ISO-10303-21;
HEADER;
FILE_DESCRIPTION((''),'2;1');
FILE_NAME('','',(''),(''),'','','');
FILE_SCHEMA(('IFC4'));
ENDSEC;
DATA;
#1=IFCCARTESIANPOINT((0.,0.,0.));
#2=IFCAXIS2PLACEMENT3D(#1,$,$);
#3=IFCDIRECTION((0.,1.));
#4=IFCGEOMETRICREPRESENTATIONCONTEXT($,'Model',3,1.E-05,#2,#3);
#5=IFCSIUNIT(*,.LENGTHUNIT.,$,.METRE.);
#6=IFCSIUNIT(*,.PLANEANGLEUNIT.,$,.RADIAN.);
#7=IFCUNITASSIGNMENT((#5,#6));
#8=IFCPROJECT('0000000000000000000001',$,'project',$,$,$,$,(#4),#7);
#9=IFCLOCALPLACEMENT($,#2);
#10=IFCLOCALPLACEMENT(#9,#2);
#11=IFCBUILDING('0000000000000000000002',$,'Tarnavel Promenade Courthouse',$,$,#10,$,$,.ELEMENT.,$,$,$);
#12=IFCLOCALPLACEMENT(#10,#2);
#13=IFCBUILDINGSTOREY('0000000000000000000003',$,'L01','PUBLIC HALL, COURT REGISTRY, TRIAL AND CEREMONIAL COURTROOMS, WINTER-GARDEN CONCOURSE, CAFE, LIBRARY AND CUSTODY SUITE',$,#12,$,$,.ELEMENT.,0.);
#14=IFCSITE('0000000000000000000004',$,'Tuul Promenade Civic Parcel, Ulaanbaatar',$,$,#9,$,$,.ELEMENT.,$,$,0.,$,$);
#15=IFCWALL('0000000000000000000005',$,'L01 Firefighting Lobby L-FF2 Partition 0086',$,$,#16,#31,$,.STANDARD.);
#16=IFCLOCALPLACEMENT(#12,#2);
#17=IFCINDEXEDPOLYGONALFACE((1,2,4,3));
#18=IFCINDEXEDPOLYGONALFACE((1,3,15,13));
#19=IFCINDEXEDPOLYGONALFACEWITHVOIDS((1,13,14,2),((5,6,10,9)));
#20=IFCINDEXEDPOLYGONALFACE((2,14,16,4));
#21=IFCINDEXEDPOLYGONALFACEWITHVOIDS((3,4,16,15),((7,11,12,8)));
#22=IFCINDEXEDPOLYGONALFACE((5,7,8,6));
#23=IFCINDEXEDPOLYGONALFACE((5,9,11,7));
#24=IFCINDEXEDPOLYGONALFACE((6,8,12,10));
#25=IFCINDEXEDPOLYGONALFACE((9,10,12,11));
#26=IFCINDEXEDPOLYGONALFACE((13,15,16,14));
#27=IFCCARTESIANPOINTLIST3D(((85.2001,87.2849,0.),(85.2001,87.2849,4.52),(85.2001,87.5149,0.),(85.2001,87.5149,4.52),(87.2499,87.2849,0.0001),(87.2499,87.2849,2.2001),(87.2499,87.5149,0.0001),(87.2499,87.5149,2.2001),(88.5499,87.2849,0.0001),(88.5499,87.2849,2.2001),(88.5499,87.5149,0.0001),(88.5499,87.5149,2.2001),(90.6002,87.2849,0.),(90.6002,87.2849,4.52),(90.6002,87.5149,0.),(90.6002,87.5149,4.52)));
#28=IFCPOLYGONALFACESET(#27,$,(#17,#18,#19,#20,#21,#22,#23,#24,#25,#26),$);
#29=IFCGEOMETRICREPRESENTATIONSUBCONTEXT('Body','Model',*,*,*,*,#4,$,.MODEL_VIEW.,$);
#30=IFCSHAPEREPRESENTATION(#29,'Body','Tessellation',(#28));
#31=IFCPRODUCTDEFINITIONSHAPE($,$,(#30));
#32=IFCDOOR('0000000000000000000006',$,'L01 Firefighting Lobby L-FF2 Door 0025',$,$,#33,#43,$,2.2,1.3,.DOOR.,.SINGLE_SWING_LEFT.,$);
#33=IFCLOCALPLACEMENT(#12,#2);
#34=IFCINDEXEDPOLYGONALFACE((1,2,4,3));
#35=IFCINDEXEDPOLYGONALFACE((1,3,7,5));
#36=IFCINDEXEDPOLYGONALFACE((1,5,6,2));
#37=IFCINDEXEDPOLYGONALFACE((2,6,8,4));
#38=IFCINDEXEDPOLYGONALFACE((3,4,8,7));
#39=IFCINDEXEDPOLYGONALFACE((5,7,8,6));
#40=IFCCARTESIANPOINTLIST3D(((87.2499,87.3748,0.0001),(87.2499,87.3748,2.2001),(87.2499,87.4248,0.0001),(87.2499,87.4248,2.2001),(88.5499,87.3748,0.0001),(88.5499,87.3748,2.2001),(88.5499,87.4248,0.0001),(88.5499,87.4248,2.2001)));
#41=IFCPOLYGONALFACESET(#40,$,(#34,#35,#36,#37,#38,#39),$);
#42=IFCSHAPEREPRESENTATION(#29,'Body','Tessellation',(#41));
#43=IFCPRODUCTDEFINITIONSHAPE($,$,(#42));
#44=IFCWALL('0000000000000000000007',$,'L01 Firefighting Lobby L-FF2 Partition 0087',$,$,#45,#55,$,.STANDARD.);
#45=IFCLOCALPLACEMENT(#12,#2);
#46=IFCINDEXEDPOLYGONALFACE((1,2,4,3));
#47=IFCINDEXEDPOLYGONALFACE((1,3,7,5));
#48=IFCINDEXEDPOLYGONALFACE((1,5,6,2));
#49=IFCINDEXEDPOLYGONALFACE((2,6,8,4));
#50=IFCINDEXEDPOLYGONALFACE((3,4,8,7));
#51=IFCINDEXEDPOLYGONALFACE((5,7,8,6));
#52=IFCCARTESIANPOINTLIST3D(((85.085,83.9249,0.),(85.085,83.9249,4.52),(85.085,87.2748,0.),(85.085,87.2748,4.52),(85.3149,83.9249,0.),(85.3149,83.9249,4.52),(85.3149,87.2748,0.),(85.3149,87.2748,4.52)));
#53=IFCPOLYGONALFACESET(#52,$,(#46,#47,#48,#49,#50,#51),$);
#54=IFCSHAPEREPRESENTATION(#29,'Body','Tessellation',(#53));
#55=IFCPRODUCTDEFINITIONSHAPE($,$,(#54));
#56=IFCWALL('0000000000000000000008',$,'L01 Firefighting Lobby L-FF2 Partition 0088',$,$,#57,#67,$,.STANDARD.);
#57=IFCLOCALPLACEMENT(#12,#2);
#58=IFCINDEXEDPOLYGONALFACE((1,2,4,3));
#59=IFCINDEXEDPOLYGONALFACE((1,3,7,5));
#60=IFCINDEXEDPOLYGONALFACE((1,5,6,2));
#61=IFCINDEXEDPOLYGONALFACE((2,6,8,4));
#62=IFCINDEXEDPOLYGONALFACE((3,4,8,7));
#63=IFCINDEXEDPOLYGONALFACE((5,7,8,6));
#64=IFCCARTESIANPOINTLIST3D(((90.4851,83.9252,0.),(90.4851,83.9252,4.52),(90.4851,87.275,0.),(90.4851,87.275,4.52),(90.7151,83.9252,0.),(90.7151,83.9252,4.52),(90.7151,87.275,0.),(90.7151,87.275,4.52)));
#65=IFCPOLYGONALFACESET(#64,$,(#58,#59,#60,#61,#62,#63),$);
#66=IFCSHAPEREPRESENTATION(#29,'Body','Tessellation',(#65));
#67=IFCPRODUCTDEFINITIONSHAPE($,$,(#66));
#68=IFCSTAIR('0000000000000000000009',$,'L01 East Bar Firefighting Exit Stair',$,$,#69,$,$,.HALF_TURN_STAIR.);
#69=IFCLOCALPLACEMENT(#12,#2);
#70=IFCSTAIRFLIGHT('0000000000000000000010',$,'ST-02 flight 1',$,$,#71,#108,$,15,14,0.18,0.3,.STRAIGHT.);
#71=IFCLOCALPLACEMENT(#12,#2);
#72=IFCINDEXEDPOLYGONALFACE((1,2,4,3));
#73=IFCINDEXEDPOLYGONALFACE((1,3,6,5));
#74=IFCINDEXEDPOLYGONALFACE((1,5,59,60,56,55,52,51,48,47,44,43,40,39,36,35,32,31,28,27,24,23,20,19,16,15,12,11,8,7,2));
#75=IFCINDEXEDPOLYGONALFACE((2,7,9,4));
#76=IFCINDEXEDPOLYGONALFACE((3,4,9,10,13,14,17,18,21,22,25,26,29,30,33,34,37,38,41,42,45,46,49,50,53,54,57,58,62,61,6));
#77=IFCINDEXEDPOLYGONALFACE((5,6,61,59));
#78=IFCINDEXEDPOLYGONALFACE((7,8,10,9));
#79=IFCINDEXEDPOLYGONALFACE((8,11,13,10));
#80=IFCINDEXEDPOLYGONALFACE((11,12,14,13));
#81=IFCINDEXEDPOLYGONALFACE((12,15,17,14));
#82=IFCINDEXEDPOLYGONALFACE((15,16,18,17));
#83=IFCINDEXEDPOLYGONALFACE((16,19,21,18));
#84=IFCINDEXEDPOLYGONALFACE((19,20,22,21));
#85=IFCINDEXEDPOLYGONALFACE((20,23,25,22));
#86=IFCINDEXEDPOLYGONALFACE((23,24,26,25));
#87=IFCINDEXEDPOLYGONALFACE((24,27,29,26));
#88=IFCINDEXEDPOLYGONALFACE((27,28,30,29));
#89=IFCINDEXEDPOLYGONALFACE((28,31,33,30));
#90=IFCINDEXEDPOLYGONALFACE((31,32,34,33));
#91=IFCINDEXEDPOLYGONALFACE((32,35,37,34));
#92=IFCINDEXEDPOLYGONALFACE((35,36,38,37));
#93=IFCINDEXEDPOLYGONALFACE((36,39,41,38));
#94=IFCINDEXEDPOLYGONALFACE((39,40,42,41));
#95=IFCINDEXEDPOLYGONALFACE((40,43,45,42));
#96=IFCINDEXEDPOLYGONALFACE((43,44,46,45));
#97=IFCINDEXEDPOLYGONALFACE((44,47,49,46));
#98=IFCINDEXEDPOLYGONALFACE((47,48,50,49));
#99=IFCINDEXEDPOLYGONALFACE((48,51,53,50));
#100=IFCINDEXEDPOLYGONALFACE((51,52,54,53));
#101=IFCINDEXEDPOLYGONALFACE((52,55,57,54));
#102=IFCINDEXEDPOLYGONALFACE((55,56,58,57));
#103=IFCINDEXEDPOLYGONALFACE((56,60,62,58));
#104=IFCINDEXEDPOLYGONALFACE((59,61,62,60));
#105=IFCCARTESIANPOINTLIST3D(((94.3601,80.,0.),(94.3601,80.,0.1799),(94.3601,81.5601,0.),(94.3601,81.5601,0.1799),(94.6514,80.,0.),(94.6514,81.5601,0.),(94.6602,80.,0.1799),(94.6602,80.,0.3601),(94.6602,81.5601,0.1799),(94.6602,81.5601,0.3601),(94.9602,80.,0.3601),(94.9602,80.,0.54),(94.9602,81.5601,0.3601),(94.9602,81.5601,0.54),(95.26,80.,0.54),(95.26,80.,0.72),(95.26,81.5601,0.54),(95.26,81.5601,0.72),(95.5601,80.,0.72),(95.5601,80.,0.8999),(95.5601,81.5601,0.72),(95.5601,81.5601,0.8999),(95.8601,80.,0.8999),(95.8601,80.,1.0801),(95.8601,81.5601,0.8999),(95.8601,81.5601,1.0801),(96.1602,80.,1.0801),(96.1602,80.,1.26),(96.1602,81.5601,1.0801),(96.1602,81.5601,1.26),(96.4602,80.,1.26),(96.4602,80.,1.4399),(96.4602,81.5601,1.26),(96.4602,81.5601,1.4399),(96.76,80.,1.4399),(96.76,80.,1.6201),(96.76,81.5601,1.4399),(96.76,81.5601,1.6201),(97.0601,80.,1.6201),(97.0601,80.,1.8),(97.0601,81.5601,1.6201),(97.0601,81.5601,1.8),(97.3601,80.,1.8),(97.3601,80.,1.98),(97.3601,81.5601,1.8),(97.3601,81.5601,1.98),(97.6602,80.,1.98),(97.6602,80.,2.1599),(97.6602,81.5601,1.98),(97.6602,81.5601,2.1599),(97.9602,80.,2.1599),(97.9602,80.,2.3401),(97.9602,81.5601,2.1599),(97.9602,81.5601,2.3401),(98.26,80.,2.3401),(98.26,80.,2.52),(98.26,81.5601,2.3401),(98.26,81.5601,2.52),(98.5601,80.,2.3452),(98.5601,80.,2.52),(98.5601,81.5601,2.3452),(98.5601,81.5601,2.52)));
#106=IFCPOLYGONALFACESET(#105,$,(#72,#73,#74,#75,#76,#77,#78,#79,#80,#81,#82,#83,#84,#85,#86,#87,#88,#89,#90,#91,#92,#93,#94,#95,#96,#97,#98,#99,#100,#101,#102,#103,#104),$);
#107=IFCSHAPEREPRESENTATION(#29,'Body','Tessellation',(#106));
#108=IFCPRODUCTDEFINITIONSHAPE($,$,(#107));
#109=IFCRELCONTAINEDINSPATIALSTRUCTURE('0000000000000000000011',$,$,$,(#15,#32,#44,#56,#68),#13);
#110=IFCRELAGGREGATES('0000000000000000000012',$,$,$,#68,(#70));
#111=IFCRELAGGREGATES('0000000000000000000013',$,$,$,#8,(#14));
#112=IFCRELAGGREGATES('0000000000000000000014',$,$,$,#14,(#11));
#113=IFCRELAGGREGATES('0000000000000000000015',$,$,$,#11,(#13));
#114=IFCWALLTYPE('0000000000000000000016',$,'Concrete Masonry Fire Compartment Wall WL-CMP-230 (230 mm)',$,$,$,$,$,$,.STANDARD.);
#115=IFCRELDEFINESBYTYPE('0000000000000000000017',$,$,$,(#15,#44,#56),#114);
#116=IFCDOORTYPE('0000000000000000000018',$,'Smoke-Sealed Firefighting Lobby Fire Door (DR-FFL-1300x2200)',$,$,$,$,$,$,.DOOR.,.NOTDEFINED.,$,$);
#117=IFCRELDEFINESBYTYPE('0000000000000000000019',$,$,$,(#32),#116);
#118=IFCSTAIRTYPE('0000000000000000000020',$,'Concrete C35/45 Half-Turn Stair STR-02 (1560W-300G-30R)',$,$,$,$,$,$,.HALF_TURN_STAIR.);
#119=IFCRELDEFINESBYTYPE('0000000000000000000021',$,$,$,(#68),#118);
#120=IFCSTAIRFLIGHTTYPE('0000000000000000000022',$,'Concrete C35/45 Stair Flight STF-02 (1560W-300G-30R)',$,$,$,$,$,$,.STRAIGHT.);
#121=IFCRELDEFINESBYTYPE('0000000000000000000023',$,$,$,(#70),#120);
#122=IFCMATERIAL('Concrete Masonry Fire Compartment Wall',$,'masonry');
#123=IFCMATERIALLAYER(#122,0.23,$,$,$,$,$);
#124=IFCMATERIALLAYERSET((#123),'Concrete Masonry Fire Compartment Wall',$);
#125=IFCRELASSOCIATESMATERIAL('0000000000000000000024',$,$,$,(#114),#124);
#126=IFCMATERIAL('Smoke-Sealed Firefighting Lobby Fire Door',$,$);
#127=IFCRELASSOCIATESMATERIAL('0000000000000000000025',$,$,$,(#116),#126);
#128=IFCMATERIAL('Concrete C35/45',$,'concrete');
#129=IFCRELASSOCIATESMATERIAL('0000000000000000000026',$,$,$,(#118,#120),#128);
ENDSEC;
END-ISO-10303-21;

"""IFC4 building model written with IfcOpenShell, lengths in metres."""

from ifc_helpers import new_model, si_unit, direction, frame, frame_2d, origin, place, context, subcontext, project, spatial, polyline, rectangle, outline, extrude, material, layer, layer_set, type_object, element, fill, aggregate, save


model = new_model("IFC4")

# Units and contexts
model_context = context("Model", 3, precision=1e-05, world=origin(), true_north=direction((0.0, 1.0)))
body_context = subcontext(model_context, "Body", "Model", "MODEL_VIEW")
ifc_project = project(units=[si_unit("LENGTHUNIT", "METRE"), si_unit("PLANEANGLEUNIT", "RADIAN")], contexts=[model_context])

# Site, building, storey
site_placement = place(None, origin())
site = spatial("IfcSite", under=ifc_project, at=site_placement, Name="Tuul Promenade Civic Parcel, Ulaanbaatar", CompositionType="ELEMENT", RefElevation=0.0)
building_placement = place(site_placement, origin())
building = spatial("IfcBuilding", under=site, at=building_placement, Name="Tarnavel Promenade Courthouse", CompositionType="ELEMENT")
storey_placement = place(building_placement, origin())
storey = spatial("IfcBuildingStorey", under=building, at=storey_placement, Name="L01", Description="PUBLIC HALL, COURT REGISTRY, TRIAL AND CEREMONIAL COURTROOMS, WINTER-GARDEN CONCOURSE, CAFE, LIBRARY AND CUSTODY SUITE", CompositionType="ELEMENT", Elevation=0.0)

# Shared definitions
ifc_material_1 = material(Name="Concrete Masonry Fire Compartment Wall", Category="masonry")

# Wall, opening, door
ifc_layer_1 = layer(ifc_material_1, 0.23)
ifc_layer_set_1 = layer_set([ifc_layer_1], Name="Concrete Masonry Fire Compartment Wall")
wall_type_1 = type_object("IfcWallType", Name="Concrete Masonry Fire Compartment Wall WL-CMP-230 (230 mm)", PredefinedType="STANDARD", material=ifc_layer_set_1)
wall_1_placement = place(storey_placement, frame((85.2, 87.3999, 0.0), z_axis=(0.0, 0.0, 1.0), x_axis=(1.0, 0.0, 0.0)))
wall_1 = element("IfcWall", 1, at=wall_1_placement, inside=storey, type_object=wall_type_1, Name="L01 Firefighting Lobby L-FF2 Partition 0086", PredefinedType="STANDARD", context=body_context, shape_type="SweptSolid", body=[
    extrude(rectangle(XDim=5.4001, YDim=0.23, at=frame_2d((2.7002, 0.0))), origin(), (0.0, 0.0, 1.0), 4.52),
])
opening_1_placement = place(wall_1_placement, frame((2.05, 0.0, 0.0)))
opening_1 = element("IfcOpeningElement", 2, at=opening_1_placement, cuts=wall_1, PredefinedType="OPENING", context=body_context, shape_type="SweptSolid", body=[
    extrude(rectangle(XDim=1.3, YDim=2.2, at=frame_2d((0.6499, 1.1001))), frame((0.0, 0.125, 0.0), z_axis=(0.0, -1.0, 0.0), x_axis=(1.0, 0.0, 0.0)), (0.0, 0.0, 1.0), 0.25),
])
ifc_material_2 = material(Name="Smoke-Sealed Firefighting Lobby Fire Door")
door_type_1 = type_object("IfcDoorType", Name="Smoke-Sealed Firefighting Lobby Fire Door (DR-FFL-1300x2200)", OperationType="NOTDEFINED", PredefinedType="DOOR", material=ifc_material_2)
door_1_placement = place(opening_1_placement, origin())
door_1 = element("IfcDoor", 3, at=door_1_placement, inside=storey, type_object=door_type_1, Name="L01 Firefighting Lobby L-FF2 Door 0025", OperationType="SINGLE_SWING_LEFT", OverallHeight=2.2, OverallWidth=1.3, PredefinedType="DOOR", context=body_context, shape_type="SweptSolid", body=[
    extrude(rectangle(XDim=1.3, YDim=2.2, at=frame_2d((0.6499, 1.1001))), frame((0.0, 0.0249, 0.0), z_axis=(0.0, -1.0, 0.0), x_axis=(1.0, 0.0, 0.0)), (0.0, 0.0, 1.0), 0.05),
])
fill(opening_1, door_1)

# Walls
for number, where, z_axis, x_axis, name in (
    (4, (85.2, 83.925, 0.0), (0.0, 0.0, 1.0), (0.0, 1.0, 0.0), "L01 Firefighting Lobby L-FF2 Partition 0087"),
    (5, (90.6001, 87.2749, 0.0), (0.0, 0.0, 1.0), (0.0, -1.0, 0.0), "L01 Firefighting Lobby L-FF2 Partition 0088"),
):
    element("IfcWall", number, at=place(storey_placement, frame(where, z_axis=z_axis, x_axis=x_axis)), inside=storey, type_object=wall_type_1, Name=name, PredefinedType="STANDARD", context=body_context, shape_type="SweptSolid", body=[
        extrude(rectangle(XDim=3.3499, YDim=0.23, at=frame_2d((1.6748, 0.0))), origin(), (0.0, 0.0, 1.0), 4.52),
    ])

# Stair, stair flight
ifc_material_3 = material(Name="Concrete C35/45", Category="concrete")
stair_type = type_object("IfcStairType", Name="Concrete C35/45 Half-Turn Stair STR-02 (1560W-300G-30R)", PredefinedType="HALF_TURN_STAIR", material=ifc_material_3)
stair_placement = place(storey_placement, origin())
stair = element("IfcStair", 6, at=stair_placement, inside=storey, type_object=stair_type, Name="L01 East Bar Firefighting Exit Stair", PredefinedType="HALF_TURN_STAIR")
stair_flight_type = type_object("IfcStairFlightType", Name="Concrete C35/45 Stair Flight STF-02 (1560W-300G-30R)", PredefinedType="STRAIGHT", material=ifc_material_3)
stair_flight_placement = place(storey_placement, frame((94.3601, 80.78, 0.0), z_axis=(0.0, 0.0, 1.0), x_axis=(1.0, 0.0, 0.0)))
stair_flight = element("IfcStairFlight", 7, at=stair_flight_placement, type_object=stair_flight_type, Name="ST-02 flight 1", NumberOfRisers=15, NumberOfTreads=14, PredefinedType="STRAIGHT", RiserHeight=0.18, TreadLength=0.3, context=body_context, shape_type="SweptSolid", body=[
    extrude(outline(polyline([(0.0, 0.0), (0.0, 0.1799), (0.3, 0.1799), (0.3, 0.3601), (0.6001, 0.3601), (0.6001, 0.54), (0.8999, 0.54), (0.8999, 0.72), (1.2, 0.72), (1.2, 0.8999), (1.5, 0.8999), (1.5, 1.0801), (1.8, 1.0801), (1.8, 1.26), (2.1001, 1.26), (2.1001, 1.4399), (2.3999, 1.4399), (2.3999, 1.6201), (2.7, 1.6201), (2.7, 1.8), (3.0, 1.8), (3.0, 1.98), (3.3, 1.98), (3.3, 2.1599), (3.6001, 2.1599), (3.6001, 2.3401), (3.8999, 2.3401), (3.8999, 2.52), (4.2, 2.52), (4.2, 2.7), (4.2, 2.3452), (0.2913, 0.0), (0.0, 0.0)])), frame((0.0, 0.78, 0.0), z_axis=(0.0, -1.0, 0.0), x_axis=(1.0, 0.0, 0.0)), (0.0, 0.0, 1.0), 1.5601),
])
aggregate(stair, [stair_flight])

save(model, "model.ifc")
